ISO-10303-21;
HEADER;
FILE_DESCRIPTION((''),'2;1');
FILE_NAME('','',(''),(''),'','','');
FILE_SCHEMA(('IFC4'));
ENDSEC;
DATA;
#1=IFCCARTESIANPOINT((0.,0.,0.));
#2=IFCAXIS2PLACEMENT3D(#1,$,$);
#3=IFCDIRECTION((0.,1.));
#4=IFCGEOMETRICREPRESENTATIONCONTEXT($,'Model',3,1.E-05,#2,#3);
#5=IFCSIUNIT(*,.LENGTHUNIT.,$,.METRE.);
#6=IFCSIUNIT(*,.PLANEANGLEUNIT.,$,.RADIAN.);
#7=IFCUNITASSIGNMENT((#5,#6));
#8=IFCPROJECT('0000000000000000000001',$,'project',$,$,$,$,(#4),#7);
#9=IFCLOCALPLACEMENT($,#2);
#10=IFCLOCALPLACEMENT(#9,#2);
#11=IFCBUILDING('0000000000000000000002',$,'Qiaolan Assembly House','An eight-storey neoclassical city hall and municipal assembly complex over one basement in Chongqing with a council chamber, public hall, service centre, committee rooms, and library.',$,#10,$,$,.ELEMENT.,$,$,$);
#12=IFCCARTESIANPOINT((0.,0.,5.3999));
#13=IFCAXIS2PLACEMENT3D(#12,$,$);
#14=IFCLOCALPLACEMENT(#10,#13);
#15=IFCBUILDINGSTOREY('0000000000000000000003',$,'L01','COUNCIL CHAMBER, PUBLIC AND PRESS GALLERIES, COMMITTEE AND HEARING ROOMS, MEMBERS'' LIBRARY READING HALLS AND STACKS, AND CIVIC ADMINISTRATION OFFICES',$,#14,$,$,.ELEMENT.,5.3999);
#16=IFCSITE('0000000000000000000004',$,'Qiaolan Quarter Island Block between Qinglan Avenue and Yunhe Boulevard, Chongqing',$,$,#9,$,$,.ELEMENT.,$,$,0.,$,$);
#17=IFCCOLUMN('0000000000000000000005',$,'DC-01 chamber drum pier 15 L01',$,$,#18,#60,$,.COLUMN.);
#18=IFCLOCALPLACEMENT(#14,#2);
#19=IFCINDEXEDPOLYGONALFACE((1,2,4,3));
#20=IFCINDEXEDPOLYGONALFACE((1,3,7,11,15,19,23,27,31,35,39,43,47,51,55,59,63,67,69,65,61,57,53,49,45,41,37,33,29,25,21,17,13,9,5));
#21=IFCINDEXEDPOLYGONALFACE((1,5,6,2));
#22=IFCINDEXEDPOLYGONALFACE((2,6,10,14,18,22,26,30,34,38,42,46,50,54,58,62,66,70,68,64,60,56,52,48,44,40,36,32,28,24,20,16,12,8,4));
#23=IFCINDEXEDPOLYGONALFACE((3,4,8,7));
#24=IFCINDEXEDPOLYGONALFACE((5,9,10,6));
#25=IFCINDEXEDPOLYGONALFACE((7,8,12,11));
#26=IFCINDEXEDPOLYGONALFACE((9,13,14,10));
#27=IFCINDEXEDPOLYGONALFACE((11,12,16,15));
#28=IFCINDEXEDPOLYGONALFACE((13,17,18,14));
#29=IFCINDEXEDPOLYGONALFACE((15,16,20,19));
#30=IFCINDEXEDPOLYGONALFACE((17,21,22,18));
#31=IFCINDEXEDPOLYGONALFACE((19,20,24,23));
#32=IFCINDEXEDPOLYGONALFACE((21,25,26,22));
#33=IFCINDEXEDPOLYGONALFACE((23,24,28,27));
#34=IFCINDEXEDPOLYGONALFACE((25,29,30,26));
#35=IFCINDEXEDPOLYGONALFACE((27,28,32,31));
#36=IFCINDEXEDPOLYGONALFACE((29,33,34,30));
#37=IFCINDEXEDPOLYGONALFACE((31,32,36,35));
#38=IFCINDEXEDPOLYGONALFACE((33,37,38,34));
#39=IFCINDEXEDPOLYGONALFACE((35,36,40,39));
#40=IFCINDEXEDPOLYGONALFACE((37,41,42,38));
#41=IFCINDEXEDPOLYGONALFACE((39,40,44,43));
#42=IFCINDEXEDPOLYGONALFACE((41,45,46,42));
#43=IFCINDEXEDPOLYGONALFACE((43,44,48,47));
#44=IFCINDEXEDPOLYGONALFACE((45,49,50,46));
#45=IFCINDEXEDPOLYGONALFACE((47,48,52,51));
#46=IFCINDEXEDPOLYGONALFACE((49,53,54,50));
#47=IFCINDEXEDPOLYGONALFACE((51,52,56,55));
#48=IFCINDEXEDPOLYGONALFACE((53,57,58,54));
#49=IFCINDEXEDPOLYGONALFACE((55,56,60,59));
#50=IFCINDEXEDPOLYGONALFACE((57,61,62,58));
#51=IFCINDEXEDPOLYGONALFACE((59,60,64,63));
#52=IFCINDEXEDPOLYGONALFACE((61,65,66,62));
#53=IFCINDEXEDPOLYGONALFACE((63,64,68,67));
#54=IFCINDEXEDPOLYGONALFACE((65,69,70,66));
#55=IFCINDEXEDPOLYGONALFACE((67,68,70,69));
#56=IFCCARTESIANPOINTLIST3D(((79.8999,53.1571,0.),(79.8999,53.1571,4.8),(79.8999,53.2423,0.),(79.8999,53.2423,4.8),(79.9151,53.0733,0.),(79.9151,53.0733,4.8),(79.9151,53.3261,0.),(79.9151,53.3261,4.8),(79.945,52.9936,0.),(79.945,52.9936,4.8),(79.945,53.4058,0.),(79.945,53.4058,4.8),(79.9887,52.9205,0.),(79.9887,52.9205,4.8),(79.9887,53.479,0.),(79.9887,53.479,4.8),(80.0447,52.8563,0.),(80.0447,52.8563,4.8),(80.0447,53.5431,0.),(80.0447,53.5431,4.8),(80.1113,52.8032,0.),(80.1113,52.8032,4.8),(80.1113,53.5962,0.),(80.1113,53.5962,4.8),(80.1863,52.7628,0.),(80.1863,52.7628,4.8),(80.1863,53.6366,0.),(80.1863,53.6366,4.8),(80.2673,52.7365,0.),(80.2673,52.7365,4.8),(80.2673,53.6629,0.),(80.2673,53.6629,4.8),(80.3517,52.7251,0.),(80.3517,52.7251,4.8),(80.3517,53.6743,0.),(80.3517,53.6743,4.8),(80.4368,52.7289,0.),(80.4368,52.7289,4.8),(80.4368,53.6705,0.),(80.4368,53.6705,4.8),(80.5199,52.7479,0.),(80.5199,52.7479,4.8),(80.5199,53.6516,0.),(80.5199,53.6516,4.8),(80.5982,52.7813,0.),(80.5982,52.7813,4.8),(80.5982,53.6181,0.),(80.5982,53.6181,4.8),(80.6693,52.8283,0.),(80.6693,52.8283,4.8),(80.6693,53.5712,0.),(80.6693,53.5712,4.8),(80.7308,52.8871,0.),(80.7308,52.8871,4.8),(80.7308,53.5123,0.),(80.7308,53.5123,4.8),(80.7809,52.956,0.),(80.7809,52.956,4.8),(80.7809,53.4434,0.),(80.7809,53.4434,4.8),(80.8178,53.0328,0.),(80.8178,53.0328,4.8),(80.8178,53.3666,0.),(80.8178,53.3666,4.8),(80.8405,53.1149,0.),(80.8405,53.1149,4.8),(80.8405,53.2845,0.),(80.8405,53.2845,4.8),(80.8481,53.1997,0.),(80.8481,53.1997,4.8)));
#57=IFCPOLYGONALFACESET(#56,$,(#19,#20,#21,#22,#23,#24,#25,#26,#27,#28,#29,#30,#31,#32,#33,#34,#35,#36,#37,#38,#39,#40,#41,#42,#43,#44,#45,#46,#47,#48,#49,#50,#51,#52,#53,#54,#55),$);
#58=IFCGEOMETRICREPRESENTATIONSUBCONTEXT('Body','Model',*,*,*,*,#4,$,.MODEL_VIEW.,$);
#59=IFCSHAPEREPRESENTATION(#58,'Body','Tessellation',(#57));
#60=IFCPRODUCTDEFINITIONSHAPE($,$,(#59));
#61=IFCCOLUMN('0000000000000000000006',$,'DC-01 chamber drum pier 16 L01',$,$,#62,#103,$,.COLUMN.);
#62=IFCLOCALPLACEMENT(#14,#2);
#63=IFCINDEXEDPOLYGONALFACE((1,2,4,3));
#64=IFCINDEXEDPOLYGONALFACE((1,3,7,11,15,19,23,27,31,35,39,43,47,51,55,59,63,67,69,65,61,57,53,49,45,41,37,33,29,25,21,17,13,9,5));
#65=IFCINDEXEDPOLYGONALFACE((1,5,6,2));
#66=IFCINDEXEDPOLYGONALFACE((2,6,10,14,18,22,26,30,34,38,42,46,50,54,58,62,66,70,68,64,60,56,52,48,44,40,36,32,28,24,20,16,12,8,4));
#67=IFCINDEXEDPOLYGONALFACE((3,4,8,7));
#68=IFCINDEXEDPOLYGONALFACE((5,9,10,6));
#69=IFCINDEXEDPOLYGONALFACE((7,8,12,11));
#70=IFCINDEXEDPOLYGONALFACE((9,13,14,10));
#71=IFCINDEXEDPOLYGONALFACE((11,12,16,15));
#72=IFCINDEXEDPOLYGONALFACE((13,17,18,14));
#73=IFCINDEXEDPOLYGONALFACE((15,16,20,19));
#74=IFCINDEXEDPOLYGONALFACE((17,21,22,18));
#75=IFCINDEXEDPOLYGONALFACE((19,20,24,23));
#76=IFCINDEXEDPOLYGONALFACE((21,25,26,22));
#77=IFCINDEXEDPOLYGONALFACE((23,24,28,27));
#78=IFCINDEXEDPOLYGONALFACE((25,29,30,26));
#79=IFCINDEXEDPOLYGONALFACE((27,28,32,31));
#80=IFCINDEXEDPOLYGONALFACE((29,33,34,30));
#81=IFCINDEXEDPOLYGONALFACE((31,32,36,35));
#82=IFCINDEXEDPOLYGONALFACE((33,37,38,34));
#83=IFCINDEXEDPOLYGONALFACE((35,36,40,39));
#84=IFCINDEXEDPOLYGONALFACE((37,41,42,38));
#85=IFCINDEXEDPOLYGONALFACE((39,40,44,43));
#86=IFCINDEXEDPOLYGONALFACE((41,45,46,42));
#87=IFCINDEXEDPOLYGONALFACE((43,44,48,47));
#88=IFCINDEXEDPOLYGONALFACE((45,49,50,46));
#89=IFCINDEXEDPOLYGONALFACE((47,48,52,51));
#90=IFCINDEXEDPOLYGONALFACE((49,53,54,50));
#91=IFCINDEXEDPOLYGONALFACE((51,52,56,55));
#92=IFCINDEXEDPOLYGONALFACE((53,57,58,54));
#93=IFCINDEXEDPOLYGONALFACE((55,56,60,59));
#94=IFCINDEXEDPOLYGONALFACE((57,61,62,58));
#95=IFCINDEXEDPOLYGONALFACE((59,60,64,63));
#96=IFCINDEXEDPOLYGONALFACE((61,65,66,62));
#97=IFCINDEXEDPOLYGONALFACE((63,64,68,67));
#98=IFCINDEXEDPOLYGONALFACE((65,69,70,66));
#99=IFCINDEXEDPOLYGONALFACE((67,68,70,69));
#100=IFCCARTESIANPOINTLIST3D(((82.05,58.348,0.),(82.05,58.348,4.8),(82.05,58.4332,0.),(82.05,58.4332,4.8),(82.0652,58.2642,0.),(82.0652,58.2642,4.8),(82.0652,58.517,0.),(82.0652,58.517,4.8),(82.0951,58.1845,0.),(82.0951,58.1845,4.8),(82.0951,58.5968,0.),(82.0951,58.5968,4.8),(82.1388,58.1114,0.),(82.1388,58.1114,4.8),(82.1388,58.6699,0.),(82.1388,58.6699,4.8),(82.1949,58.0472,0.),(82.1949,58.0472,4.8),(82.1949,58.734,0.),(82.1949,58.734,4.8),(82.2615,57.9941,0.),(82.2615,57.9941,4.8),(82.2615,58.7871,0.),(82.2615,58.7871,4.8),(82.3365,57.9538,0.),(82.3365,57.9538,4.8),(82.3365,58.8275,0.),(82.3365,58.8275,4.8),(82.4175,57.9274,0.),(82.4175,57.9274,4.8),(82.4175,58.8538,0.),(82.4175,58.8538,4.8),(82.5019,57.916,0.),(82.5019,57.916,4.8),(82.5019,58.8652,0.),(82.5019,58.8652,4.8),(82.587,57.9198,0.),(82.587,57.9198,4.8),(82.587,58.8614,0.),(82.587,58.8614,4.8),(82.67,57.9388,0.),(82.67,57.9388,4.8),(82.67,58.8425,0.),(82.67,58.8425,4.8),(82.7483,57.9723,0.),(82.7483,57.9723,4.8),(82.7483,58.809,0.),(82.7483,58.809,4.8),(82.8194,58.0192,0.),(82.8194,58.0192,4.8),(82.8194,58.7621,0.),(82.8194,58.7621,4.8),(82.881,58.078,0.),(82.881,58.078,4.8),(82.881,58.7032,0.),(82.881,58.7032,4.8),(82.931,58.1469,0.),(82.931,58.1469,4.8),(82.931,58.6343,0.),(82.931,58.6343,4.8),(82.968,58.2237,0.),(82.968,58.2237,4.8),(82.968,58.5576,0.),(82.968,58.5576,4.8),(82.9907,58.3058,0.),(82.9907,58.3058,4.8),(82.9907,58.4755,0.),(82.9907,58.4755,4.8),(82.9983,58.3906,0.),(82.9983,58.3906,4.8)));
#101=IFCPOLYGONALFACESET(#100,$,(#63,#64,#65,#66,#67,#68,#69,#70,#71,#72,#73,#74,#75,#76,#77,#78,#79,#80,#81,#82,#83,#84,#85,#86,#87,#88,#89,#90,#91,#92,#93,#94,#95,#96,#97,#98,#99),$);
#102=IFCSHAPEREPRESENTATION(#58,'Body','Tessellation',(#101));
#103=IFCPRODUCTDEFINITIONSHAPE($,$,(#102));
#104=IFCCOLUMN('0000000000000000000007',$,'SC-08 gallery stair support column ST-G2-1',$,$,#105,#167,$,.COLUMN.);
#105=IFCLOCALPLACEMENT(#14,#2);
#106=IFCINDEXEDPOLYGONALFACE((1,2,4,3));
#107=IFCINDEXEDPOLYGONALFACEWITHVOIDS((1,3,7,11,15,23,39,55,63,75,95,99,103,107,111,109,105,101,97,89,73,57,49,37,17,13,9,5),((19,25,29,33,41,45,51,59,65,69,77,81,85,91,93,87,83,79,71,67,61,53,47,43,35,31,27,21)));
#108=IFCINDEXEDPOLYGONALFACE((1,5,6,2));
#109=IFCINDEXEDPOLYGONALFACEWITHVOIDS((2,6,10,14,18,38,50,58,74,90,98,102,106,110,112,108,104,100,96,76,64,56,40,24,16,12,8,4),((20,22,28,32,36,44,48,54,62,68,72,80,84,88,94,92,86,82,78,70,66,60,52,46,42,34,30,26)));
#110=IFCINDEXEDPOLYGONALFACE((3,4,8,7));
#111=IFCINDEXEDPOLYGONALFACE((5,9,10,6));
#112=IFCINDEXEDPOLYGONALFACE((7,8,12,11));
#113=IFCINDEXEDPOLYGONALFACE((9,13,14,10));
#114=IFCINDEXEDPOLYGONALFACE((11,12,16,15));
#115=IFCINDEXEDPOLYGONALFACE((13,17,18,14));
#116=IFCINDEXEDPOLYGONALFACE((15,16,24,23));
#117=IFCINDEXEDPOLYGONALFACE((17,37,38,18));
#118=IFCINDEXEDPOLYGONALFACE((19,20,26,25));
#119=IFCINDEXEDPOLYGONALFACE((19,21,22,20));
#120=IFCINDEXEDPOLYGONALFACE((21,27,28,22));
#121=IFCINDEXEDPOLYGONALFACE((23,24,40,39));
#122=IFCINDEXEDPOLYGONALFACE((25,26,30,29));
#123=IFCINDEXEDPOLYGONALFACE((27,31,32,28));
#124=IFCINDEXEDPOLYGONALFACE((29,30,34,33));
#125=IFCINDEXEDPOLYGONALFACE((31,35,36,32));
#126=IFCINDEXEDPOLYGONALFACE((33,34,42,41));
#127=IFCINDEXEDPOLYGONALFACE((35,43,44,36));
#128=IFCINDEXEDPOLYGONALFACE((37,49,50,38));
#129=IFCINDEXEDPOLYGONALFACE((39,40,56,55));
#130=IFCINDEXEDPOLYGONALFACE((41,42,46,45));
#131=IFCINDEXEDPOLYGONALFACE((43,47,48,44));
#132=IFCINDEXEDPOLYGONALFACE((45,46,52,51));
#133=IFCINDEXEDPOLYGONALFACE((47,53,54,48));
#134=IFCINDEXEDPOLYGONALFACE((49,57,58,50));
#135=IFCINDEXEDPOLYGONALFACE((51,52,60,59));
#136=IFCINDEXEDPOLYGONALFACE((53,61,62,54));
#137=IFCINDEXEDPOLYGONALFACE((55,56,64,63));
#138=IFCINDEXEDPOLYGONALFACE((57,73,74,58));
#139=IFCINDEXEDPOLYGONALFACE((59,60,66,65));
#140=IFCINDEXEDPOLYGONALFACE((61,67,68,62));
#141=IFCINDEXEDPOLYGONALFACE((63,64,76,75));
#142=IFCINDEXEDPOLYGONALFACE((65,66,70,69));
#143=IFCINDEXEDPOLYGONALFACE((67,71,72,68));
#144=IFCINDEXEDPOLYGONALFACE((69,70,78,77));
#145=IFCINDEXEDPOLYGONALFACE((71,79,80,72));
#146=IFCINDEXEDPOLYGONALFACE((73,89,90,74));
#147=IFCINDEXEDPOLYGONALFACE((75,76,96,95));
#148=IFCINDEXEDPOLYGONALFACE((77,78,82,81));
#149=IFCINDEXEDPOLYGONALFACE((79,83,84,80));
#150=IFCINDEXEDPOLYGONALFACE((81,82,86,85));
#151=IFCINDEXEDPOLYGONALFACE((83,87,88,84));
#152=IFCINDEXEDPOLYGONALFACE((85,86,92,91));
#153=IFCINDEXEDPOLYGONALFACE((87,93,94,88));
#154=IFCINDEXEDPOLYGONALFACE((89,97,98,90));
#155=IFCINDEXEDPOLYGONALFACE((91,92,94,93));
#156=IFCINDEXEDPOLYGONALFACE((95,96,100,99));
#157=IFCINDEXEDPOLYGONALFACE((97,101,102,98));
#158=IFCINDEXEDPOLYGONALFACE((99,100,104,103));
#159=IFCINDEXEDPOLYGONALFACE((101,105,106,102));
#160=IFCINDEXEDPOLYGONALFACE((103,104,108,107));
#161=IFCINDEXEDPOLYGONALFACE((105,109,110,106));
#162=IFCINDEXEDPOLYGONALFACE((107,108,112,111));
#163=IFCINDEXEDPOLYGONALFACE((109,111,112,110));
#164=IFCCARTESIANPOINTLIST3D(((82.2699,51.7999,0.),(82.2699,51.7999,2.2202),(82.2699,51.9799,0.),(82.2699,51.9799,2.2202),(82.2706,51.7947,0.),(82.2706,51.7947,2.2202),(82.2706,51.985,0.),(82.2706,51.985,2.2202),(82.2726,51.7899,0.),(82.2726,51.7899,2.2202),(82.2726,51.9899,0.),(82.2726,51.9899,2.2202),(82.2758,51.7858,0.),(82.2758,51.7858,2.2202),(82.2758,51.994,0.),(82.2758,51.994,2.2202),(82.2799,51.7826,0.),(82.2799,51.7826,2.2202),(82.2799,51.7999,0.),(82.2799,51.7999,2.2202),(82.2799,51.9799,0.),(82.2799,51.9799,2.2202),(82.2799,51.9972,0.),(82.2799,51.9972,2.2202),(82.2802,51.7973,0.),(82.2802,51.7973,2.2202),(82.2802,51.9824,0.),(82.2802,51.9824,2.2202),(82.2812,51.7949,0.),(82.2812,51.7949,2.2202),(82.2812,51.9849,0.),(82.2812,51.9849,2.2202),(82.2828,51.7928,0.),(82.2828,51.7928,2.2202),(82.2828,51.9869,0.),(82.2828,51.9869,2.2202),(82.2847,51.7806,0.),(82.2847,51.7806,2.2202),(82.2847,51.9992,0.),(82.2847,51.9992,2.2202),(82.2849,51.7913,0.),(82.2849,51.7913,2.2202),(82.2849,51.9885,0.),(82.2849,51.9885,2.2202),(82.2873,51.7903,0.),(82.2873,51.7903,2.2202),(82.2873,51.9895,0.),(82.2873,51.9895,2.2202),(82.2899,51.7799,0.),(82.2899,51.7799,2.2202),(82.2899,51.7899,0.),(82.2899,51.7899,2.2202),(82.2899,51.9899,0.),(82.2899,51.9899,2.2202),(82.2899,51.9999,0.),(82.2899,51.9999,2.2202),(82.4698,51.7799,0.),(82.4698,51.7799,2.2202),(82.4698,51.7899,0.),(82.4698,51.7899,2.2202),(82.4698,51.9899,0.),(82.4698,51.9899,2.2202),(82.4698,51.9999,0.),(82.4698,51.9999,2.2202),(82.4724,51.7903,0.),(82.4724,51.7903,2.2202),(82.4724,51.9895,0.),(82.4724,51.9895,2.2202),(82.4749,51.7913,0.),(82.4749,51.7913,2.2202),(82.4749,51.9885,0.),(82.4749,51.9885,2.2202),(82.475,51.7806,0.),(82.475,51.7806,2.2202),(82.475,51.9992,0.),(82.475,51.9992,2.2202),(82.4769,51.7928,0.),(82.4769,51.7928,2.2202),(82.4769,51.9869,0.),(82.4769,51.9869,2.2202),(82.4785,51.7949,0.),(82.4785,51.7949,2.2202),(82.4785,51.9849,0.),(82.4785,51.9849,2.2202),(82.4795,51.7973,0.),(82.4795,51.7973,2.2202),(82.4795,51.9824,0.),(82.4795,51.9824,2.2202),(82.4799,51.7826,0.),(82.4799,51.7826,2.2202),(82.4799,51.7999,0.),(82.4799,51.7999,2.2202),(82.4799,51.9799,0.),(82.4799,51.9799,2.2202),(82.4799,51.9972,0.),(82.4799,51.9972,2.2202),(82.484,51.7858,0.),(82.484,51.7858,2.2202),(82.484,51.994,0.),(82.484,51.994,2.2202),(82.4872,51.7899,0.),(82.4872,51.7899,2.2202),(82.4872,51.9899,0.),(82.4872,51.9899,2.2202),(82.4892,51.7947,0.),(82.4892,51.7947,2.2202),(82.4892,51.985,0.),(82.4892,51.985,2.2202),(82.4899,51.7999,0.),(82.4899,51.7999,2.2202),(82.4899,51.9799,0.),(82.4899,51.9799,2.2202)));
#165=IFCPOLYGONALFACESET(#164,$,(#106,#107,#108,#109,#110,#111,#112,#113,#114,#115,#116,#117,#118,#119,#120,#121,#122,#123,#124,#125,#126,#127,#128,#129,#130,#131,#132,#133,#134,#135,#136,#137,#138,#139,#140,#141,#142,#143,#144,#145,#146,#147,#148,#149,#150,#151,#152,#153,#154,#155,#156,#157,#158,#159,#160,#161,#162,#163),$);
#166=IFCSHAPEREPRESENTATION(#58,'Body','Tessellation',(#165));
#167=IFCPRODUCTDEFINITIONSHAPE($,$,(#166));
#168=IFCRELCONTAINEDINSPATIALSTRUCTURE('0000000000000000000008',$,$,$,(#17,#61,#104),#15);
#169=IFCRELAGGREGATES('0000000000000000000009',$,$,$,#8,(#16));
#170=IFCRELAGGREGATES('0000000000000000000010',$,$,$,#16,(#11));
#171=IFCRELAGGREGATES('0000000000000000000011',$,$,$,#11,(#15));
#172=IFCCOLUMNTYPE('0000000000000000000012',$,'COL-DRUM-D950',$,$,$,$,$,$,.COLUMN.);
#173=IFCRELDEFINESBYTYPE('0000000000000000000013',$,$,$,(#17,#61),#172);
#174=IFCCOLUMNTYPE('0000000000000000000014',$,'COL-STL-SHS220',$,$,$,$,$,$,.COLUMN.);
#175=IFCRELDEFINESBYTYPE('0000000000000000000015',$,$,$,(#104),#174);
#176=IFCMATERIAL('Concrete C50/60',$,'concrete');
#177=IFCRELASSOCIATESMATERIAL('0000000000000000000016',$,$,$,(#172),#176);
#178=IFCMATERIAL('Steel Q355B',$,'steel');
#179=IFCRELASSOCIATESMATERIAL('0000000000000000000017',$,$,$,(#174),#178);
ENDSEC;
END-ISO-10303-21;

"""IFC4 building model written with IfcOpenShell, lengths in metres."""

from ifc_helpers import new_model, si_unit, direction, frame, origin, origin_2d, place, context, subcontext, project, spatial, hollow_rectangle, circle, extrude, material, material_profile, profile_set, type_object, element, save


model = new_model("IFC4")

# Units and contexts
model_context = context("Model", 3, precision=1e-05, world=origin(), true_north=direction((0.0, 1.0)))
body_context = subcontext(model_context, "Body", "Model", "MODEL_VIEW")
ifc_project = project(units=[si_unit("LENGTHUNIT", "METRE"), si_unit("PLANEANGLEUNIT", "RADIAN")], contexts=[model_context])

# Site, building, storey
site_placement = place(None, origin())
site = spatial("IfcSite", under=ifc_project, at=site_placement, Name="Qiaolan Quarter Island Block between Qinglan Avenue and Yunhe Boulevard, Chongqing", CompositionType="ELEMENT", RefElevation=0.0)
building_placement = place(site_placement, origin())
building = spatial("IfcBuilding", under=site, at=building_placement, Name="Qiaolan Assembly House", Description="An eight-storey neoclassical city hall and municipal assembly complex over one basement in Chongqing with a council chamber, public hall, service centre, committee rooms, and library.", CompositionType="ELEMENT")
storey_placement = place(building_placement, frame((0.0, 0.0, 5.3999)))
storey = spatial("IfcBuildingStorey", under=building, at=storey_placement, Name="L01", Description="COUNCIL CHAMBER, PUBLIC AND PRESS GALLERIES, COMMITTEE AND HEARING ROOMS, MEMBERS' LIBRARY READING HALLS AND STACKS, AND CIVIC ADMINISTRATION OFFICES", CompositionType="ELEMENT", Elevation=5.3999)

# Columns
ifc_material_1 = material(Name="Concrete C50/60", Category="concrete")
ifc_material_profile_1 = material_profile(ifc_material_1, circle(Radius=0.4751, at=origin_2d()), Name="CIRC D950")
ifc_profile_set_1 = profile_set([ifc_material_profile_1], Name="Concrete C50/60")
column_type_1 = type_object("IfcColumnType", Name="COL-DRUM-D950", PredefinedType="COLUMN", material=ifc_profile_set_1)
for number, where, z_axis, x_axis, name in (
    (1, (80.373, 53.1997, 0.0), (0.0, 0.0, 1.0), (1.0, 0.0, 0.0), "DC-01 chamber drum pier 15 L01"),
    (2, (82.5232, 58.3906, 0.0), (0.0, 0.0, 1.0), (1.0, 0.0, 0.0), "DC-01 chamber drum pier 16 L01"),
):
    element("IfcColumn", number, at=place(storey_placement, frame(where, z_axis=z_axis, x_axis=x_axis)), inside=storey, type_object=column_type_1, Name=name, PredefinedType="COLUMN", context=body_context, shape_type="SweptSolid", body=[
        extrude(circle(Radius=0.4751, at=origin_2d()), origin(), (0.0, 0.0, 1.0), 4.8),
    ])
ifc_material_2 = material(Name="Steel Q355B", Category="steel")
ifc_material_profile_2 = material_profile(ifc_material_2, hollow_rectangle(XDim=0.22, YDim=0.22, WallThickness=0.01, InnerFilletRadius=0.01, OuterFilletRadius=0.02, at=origin_2d()), Name="SHS 220x220x10")
ifc_profile_set_2 = profile_set([ifc_material_profile_2], Name="Steel Q355B")
column_type_2 = type_object("IfcColumnType", Name="COL-STL-SHS220", PredefinedType="COLUMN", material=ifc_profile_set_2)
for number, where, z_axis, x_axis, name in (
    (3, (82.3799, 51.8899, 0.0), (0.0, 0.0, 1.0), (1.0, 0.0, 0.0), "SC-08 gallery stair support column ST-G2-1"),
):
    element("IfcColumn", number, at=place(storey_placement, frame(where, z_axis=z_axis, x_axis=x_axis)), inside=storey, type_object=column_type_2, Name=name, PredefinedType="COLUMN", context=body_context, shape_type="SweptSolid", body=[
        extrude(hollow_rectangle(XDim=0.22, YDim=0.22, WallThickness=0.01, InnerFilletRadius=0.01, OuterFilletRadius=0.02, at=origin_2d()), origin(), (0.0, 0.0, 1.0), 2.2202),
    ])

save(model, "model.ifc")
